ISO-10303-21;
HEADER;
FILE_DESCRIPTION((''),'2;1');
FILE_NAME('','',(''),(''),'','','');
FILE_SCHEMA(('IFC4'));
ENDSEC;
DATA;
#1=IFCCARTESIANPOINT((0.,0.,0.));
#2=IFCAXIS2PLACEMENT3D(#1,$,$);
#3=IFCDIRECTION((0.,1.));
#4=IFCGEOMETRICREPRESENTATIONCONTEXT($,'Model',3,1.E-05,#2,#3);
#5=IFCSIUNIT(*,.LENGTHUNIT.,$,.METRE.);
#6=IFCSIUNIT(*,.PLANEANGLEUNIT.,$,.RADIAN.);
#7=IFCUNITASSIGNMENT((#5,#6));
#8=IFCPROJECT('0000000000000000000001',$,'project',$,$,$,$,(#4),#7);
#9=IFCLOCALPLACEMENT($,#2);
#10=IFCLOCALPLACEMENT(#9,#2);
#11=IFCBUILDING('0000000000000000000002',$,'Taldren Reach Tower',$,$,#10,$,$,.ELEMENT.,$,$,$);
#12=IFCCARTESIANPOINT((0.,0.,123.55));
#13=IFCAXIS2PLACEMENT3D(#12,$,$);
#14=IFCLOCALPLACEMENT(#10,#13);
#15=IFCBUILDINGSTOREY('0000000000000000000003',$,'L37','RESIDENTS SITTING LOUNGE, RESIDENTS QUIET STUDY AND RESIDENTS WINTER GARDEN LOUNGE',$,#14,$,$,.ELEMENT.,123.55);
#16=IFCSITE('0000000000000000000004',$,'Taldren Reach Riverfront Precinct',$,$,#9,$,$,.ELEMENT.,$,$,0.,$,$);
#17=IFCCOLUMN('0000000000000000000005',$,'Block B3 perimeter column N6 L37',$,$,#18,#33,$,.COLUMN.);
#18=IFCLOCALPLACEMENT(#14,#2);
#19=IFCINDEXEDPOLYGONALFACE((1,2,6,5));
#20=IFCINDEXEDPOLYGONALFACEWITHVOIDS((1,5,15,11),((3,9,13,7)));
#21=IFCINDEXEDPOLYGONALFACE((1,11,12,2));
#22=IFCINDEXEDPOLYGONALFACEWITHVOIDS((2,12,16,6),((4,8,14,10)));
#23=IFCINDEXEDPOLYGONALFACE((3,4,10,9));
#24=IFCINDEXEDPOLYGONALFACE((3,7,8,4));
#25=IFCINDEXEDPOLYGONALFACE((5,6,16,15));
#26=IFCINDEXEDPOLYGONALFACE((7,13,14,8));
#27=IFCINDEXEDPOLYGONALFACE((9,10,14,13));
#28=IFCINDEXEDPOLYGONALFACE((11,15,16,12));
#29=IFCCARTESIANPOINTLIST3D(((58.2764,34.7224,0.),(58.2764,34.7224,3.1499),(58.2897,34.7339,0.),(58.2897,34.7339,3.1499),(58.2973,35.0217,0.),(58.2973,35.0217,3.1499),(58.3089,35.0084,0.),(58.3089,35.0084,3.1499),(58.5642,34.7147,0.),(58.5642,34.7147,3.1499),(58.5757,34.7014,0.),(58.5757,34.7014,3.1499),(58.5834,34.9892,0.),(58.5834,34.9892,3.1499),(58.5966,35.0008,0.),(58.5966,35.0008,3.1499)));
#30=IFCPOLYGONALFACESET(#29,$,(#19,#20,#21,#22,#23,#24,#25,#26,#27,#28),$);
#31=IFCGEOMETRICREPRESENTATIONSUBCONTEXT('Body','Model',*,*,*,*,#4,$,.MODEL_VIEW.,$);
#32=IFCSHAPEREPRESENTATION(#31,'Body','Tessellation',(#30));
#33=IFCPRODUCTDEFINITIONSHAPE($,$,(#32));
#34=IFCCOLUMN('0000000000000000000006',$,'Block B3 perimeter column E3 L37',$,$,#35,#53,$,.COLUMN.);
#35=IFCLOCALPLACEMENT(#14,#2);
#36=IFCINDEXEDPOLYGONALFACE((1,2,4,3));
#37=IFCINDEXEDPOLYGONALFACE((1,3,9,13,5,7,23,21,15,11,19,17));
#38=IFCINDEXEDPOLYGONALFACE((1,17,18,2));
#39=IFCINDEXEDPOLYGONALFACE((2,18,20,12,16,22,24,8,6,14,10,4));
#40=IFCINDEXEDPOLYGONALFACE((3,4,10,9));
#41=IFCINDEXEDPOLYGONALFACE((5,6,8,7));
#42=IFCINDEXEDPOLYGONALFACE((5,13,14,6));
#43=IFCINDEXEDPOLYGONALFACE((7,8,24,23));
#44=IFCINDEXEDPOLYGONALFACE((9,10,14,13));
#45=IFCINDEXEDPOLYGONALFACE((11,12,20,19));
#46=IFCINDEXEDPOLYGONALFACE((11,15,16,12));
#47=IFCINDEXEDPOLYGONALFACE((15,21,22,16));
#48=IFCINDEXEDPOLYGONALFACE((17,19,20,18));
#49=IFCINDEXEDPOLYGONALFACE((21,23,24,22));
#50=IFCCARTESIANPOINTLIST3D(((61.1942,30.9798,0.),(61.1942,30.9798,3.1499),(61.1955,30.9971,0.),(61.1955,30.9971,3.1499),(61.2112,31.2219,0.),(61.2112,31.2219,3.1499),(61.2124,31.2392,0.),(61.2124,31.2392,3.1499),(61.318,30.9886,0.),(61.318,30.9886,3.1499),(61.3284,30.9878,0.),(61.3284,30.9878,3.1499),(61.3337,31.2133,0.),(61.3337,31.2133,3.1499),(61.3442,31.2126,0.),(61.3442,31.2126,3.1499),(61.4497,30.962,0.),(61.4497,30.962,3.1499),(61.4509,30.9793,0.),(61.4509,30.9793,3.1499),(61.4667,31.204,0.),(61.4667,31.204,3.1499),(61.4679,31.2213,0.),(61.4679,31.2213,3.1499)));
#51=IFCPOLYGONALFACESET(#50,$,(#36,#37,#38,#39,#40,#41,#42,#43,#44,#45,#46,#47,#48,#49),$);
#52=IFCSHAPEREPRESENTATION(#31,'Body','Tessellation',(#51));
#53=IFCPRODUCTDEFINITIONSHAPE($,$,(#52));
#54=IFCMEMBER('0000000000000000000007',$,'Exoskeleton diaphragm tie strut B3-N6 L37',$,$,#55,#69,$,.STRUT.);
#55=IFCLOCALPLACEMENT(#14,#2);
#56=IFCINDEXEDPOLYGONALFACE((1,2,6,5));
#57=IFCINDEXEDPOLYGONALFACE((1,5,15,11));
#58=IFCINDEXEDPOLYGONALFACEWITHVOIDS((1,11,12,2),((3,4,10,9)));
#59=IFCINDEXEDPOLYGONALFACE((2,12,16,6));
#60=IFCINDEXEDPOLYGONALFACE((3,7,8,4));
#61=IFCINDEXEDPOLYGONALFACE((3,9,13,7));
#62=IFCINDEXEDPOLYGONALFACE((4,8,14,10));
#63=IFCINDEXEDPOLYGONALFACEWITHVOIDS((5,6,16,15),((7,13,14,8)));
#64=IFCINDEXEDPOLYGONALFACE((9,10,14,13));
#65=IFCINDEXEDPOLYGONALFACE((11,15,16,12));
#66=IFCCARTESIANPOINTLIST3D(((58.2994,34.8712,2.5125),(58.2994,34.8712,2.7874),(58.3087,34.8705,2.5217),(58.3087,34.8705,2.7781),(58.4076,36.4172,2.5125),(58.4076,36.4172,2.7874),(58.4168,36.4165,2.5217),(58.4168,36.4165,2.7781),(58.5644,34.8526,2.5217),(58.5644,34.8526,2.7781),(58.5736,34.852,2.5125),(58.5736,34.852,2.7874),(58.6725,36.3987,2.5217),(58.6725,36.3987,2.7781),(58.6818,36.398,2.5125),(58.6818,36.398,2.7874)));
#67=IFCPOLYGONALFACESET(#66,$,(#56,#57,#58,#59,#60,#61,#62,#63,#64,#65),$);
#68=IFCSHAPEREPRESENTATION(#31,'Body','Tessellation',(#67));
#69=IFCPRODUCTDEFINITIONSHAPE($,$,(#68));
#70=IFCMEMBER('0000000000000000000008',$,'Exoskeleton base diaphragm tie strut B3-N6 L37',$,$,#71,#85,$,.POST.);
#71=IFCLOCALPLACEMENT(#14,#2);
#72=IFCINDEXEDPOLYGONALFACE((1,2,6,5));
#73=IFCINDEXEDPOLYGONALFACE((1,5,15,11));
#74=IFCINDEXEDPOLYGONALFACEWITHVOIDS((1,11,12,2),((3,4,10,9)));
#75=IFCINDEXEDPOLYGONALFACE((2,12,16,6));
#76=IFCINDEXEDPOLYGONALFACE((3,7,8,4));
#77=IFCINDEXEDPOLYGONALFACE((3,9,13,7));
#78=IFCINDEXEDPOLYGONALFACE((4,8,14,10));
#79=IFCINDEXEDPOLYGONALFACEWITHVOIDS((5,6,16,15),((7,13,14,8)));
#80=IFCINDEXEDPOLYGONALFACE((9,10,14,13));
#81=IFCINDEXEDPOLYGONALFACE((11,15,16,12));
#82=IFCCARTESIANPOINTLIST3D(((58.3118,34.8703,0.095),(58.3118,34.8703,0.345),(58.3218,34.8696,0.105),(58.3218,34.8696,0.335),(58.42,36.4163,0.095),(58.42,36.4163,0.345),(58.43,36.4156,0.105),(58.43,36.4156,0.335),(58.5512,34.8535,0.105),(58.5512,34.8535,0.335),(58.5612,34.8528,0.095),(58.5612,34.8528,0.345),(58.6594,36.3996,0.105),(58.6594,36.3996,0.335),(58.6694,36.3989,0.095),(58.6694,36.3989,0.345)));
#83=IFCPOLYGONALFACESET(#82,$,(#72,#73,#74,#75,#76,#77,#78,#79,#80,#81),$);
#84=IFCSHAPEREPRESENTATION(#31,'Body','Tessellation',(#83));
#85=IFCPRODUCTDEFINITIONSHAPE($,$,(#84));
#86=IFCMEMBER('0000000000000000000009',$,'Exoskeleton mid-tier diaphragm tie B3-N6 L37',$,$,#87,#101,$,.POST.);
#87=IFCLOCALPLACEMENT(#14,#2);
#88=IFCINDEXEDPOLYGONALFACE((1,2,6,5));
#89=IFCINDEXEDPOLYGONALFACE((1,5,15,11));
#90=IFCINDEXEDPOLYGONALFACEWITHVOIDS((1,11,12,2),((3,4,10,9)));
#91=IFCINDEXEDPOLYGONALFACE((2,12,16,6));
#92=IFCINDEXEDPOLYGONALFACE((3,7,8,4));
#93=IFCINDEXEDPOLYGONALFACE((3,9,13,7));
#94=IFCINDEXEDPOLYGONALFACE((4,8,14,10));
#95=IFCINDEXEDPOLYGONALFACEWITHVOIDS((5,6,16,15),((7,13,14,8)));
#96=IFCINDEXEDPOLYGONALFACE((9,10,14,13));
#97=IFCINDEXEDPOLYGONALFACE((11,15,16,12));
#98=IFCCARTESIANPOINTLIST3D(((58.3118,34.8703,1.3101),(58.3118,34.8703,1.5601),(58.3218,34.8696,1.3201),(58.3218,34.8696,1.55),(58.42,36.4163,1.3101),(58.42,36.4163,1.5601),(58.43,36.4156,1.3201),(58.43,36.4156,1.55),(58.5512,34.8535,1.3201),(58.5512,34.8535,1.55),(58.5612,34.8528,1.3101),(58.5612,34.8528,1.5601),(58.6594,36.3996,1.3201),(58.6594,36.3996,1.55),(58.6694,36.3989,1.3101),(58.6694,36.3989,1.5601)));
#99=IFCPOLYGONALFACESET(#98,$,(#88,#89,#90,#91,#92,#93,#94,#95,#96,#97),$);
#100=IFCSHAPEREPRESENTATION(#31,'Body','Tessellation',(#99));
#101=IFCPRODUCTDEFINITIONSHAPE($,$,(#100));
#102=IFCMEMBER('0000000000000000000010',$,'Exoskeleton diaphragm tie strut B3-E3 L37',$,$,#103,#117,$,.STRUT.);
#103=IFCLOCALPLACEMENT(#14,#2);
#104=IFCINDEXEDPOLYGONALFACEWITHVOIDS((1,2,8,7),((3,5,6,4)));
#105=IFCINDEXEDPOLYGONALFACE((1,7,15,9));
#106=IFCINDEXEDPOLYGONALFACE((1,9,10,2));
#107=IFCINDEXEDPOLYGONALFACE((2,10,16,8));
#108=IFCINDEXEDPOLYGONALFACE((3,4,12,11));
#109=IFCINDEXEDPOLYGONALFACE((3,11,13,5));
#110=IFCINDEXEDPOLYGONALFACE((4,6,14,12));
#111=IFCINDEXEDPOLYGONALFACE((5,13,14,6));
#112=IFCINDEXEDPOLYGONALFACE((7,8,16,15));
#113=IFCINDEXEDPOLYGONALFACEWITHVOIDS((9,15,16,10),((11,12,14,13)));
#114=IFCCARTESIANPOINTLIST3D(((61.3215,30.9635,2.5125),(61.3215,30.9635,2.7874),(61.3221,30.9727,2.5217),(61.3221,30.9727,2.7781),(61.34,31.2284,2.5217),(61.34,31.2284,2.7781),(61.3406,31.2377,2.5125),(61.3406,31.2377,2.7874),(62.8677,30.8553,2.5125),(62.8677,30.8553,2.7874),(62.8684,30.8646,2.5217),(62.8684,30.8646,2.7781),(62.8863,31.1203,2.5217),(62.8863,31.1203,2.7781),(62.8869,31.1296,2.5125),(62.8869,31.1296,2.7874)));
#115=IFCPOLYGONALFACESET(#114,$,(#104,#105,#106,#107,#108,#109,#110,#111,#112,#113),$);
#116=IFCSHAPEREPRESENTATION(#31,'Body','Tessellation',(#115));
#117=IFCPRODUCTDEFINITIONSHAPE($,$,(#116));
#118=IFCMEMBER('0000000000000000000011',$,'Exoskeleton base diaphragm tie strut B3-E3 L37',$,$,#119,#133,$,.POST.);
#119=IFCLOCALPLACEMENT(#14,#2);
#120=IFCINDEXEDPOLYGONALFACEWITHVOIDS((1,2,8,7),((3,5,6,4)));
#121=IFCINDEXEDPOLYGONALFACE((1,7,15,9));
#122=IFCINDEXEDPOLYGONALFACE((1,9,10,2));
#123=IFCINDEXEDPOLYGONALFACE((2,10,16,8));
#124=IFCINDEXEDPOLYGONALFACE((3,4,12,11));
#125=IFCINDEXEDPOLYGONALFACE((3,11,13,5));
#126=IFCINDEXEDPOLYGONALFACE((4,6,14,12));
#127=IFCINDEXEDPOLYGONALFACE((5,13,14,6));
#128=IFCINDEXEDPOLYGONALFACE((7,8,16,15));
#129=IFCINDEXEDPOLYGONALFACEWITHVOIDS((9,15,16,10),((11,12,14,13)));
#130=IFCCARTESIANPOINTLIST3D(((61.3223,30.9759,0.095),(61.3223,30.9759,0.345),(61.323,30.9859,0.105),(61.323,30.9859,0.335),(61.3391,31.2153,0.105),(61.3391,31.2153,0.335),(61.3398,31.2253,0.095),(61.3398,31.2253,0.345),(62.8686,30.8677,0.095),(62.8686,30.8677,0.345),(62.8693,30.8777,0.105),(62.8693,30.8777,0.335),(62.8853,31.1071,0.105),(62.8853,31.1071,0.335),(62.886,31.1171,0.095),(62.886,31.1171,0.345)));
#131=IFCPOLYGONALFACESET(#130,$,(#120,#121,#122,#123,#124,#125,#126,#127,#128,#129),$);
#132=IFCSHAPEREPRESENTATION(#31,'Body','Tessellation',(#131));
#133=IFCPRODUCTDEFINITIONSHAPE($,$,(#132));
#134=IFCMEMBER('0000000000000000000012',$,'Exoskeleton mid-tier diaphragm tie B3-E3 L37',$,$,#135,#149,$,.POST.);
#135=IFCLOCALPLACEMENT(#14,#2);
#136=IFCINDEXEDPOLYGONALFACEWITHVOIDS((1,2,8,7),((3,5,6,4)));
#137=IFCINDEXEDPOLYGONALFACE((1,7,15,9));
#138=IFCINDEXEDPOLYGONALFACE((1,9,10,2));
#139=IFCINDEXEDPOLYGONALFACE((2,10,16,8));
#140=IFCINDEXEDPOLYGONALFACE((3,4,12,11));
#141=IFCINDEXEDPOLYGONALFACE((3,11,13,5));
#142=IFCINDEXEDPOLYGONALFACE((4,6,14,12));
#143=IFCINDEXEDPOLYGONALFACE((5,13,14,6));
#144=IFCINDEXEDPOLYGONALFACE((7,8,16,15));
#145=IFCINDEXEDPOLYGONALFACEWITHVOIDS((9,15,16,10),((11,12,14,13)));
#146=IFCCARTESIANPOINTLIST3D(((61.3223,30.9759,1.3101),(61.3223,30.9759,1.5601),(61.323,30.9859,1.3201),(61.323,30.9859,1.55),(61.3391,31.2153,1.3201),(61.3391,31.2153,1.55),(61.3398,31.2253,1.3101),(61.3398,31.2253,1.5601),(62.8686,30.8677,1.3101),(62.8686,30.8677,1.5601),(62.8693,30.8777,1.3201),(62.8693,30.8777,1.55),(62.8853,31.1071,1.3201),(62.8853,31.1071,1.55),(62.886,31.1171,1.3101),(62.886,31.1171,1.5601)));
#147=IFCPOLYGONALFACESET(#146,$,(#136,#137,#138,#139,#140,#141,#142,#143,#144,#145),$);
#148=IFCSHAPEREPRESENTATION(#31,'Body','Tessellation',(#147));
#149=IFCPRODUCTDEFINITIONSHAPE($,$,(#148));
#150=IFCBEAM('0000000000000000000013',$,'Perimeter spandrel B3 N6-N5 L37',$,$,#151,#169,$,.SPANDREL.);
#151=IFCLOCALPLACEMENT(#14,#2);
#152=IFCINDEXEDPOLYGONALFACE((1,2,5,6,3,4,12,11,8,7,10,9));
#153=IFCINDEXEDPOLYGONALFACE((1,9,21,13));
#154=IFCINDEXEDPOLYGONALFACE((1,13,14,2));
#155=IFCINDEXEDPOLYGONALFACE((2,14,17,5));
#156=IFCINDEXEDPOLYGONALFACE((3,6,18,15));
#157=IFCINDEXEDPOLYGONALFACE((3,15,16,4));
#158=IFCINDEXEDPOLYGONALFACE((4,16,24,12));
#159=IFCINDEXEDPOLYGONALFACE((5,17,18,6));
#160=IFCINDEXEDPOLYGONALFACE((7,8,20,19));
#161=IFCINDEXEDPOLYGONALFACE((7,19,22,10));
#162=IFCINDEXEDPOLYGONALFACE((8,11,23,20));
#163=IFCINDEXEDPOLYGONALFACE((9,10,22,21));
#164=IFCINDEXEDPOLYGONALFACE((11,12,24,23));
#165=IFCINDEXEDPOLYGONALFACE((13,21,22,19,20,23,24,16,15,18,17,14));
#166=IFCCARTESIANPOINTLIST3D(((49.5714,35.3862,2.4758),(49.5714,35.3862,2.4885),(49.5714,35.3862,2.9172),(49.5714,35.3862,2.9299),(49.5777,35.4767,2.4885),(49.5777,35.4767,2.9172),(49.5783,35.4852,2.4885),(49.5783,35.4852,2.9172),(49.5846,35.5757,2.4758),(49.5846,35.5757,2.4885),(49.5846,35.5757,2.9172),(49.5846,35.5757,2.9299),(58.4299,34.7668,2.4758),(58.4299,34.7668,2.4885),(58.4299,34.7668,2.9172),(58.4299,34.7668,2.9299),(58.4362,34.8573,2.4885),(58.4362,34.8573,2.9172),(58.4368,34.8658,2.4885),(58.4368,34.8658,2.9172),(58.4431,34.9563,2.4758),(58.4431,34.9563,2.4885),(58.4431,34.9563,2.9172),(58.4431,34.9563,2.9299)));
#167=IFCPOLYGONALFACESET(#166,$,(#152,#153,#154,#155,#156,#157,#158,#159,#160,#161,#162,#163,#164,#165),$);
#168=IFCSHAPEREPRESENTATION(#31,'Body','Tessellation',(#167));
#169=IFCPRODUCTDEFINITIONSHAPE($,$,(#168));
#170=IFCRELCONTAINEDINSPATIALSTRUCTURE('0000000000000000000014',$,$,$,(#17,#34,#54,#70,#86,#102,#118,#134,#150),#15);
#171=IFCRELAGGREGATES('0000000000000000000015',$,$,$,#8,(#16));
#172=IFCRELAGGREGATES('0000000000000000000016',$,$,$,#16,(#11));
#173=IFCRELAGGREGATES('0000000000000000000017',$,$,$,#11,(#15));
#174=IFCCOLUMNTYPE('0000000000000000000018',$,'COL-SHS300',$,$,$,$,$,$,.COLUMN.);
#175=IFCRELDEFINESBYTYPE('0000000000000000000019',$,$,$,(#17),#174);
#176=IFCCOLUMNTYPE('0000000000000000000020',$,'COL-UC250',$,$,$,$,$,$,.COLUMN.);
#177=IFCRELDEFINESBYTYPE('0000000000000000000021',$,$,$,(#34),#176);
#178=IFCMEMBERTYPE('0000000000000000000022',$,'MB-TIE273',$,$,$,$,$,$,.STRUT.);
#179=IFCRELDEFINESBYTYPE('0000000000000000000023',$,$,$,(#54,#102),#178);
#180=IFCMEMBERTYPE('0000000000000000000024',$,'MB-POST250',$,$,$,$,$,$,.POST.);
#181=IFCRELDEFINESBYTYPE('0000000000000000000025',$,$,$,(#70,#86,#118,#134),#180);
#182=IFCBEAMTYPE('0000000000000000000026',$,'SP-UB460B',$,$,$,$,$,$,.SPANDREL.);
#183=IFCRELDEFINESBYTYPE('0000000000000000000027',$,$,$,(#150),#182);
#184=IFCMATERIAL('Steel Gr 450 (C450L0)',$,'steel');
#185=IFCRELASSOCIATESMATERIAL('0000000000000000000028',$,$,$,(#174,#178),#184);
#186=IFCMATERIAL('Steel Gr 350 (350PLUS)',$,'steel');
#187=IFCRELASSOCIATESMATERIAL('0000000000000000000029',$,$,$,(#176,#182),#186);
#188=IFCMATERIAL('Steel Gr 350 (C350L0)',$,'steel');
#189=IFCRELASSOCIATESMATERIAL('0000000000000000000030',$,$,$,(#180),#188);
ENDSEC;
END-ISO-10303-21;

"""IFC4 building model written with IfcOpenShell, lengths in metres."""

from ifc_helpers import new_model, si_unit, direction, frame, origin, origin_2d, place, context, subcontext, project, spatial, hollow_rectangle, i_section, extrude, source, transform, mapped, material, material_profile, profile_set, type_object, element, save


model = new_model("IFC4")

# Units and contexts
model_context = context("Model", 3, precision=1e-05, world=origin(), true_north=direction((0.0, 1.0)))
body_context = subcontext(model_context, "Body", "Model", "MODEL_VIEW")
ifc_project = project(units=[si_unit("LENGTHUNIT", "METRE"), si_unit("PLANEANGLEUNIT", "RADIAN")], contexts=[model_context])

# Site, building, storey
site_placement = place(None, origin())
site = spatial("IfcSite", under=ifc_project, at=site_placement, Name="Taldren Reach Riverfront Precinct", CompositionType="ELEMENT", RefElevation=0.0)
building_placement = place(site_placement, origin())
building = spatial("IfcBuilding", under=site, at=building_placement, Name="Taldren Reach Tower", CompositionType="ELEMENT")
storey_placement = place(building_placement, frame((0.0, 0.0, 123.55)))
storey = spatial("IfcBuildingStorey", under=building, at=storey_placement, Name="L37", Description="RESIDENTS SITTING LOUNGE, RESIDENTS QUIET STUDY AND RESIDENTS WINTER GARDEN LOUNGE", CompositionType="ELEMENT", Elevation=123.55)

# Columns
ifc_material_1 = material(Name="Steel Gr 450 (C450L0)", Category="steel")
ifc_material_profile_1 = material_profile(ifc_material_1, hollow_rectangle(XDim=0.3, YDim=0.3, WallThickness=0.0125, at=origin_2d()), Name="300x300x12.5SHS")
ifc_profile_set_1 = profile_set([ifc_material_profile_1], Name="Steel Gr 450 (C450L0)")
column_type_1 = type_object("IfcColumnType", Name="COL-SHS300", PredefinedType="COLUMN", material=ifc_profile_set_1)
shared_shape_1 = source(origin(), body_context, "Body", "SweptSolid", [
    extrude(hollow_rectangle(XDim=0.3, YDim=0.3, WallThickness=0.0125, at=origin_2d()), origin(), (0.0, 0.0, 1.0), 3.1499),
])
column_1_placement = place(storey_placement, frame((58.4365, 34.8616, 0.0), z_axis=(0.0, 0.0, 1.0), x_axis=(0.997564, -0.069756, 0.0)))
element("IfcColumn", 1, at=column_1_placement, inside=storey, type_object=column_type_1, Name="Block B3 perimeter column N6 L37", PredefinedType="COLUMN", context=body_context, shape_type="MappedRepresentation", body=[
    mapped(shared_shape_1, transform((0.0, 0.0, 0.0), scale=1.0)),
])
ifc_material_2 = material(Name="Steel Gr 350 (350PLUS)", Category="steel")
ifc_material_profile_2 = material_profile(ifc_material_2, i_section(OverallWidth=0.2561, OverallDepth=0.26, WebThickness=0.0105, FlangeThickness=0.0173, at=origin_2d()), Name="250UC89.5")
ifc_profile_set_2 = profile_set([ifc_material_profile_2], Name="Steel Gr 350 (350PLUS)")
column_type_2 = type_object("IfcColumnType", Name="COL-UC250", PredefinedType="COLUMN", material=ifc_profile_set_2)
shared_shape_2 = source(origin(), body_context, "Body", "SweptSolid", [
    extrude(i_section(OverallWidth=0.2561, OverallDepth=0.26, WebThickness=0.0105, FlangeThickness=0.0173, at=origin_2d()), origin(), (0.0, 0.0, 1.0), 3.1499),
])
column_2_placement = place(storey_placement, frame((61.3311, 31.1006, 0.0), z_axis=(0.0, 0.0, 1.0), x_axis=(0.997564, -0.069756, 0.0)))
element("IfcColumn", 2, at=column_2_placement, inside=storey, type_object=column_type_2, Name="Block B3 perimeter column E3 L37", PredefinedType="COLUMN", context=body_context, shape_type="MappedRepresentation", body=[
    mapped(shared_shape_2, transform((0.0, 0.0, 0.0), scale=1.0)),
])

# Members
ifc_material_profile_3 = material_profile(ifc_material_1, hollow_rectangle(XDim=0.2749, YDim=0.2749, WallThickness=0.0093, at=origin_2d()), Name="275x275x9.3SHS")
ifc_profile_set_3 = profile_set([ifc_material_profile_3], Name="Steel Gr 450 (C450L0)")
member_type_1 = type_object("IfcMemberType", Name="MB-TIE273", PredefinedType="STRUT", material=ifc_profile_set_3)
shared_shape_3 = source(origin(), body_context, "Body", "SweptSolid", [
    extrude(hollow_rectangle(XDim=0.2749, YDim=0.2749, WallThickness=0.0093, at=origin_2d()), origin(), (0.0, 0.0, 1.0), 1.5498),
])
member_1_placement = place(storey_placement, frame((58.4365, 34.8616, 2.6499), z_axis=(0.069781, 0.997562, 0.0), x_axis=(-0.997562, 0.069781, 0.0)))
element("IfcMember", 3, at=member_1_placement, inside=storey, type_object=member_type_1, Name="Exoskeleton diaphragm tie strut B3-N6 L37", PredefinedType="STRUT", context=body_context, shape_type="MappedRepresentation", body=[
    mapped(shared_shape_3, transform((0.0, 0.0, 0.0), scale=1.0)),
])
ifc_material_3 = material(Name="Steel Gr 350 (C350L0)", Category="steel")
ifc_material_profile_4 = material_profile(ifc_material_3, hollow_rectangle(XDim=0.25, YDim=0.25, WallThickness=0.01, at=origin_2d()), Name="250x250x10.0SHS")
ifc_profile_set_4 = profile_set([ifc_material_profile_4], Name="Steel Gr 350 (C350L0)")
member_type_2 = type_object("IfcMemberType", Name="MB-POST250", PredefinedType="POST", material=ifc_profile_set_4)
shared_shape_4 = source(origin(), body_context, "Body", "SweptSolid", [
    extrude(hollow_rectangle(XDim=0.25, YDim=0.25, WallThickness=0.01, at=origin_2d()), origin(), (0.0, 0.0, 1.0), 1.5498),
])
for number, where, z_axis, x_axis, name in (
    (4, (58.4365, 34.8616, 0.22), (0.069781, 0.997562, 0.0), (-0.997562, 0.069781, 0.0), "Exoskeleton base diaphragm tie strut B3-N6 L37"),
    (5, (58.4365, 34.8616, 1.4351), (0.069781, 0.997562, 0.0), (-0.997562, 0.069781, 0.0), "Exoskeleton mid-tier diaphragm tie B3-N6 L37"),
):
    element("IfcMember", number, at=place(storey_placement, frame(where, z_axis=z_axis, x_axis=x_axis)), inside=storey, type_object=member_type_2, Name=name, PredefinedType="POST", context=body_context, shape_type="MappedRepresentation", body=[
        mapped(shared_shape_4, transform((0.0, 0.0, 0.0), scale=1.0)),
    ])
shared_shape_5 = source(origin(), body_context, "Body", "SweptSolid", [
    extrude(hollow_rectangle(XDim=0.2749, YDim=0.2749, WallThickness=0.0093, at=origin_2d()), origin(), (0.0, 0.0, 1.0), 1.55),
])
member_2_placement = place(storey_placement, frame((61.3311, 31.1006, 2.6499), z_axis=(0.997563, -0.06977, 0.0), x_axis=(0.06977, 0.997563, 0.0)))
element("IfcMember", 6, at=member_2_placement, inside=storey, type_object=member_type_1, Name="Exoskeleton diaphragm tie strut B3-E3 L37", PredefinedType="STRUT", context=body_context, shape_type="MappedRepresentation", body=[
    mapped(shared_shape_5, transform((0.0, 0.0, 0.0), scale=1.0)),
])
shared_shape_6 = source(origin(), body_context, "Body", "SweptSolid", [
    extrude(hollow_rectangle(XDim=0.25, YDim=0.25, WallThickness=0.01, at=origin_2d()), origin(), (0.0, 0.0, 1.0), 1.55),
])
for number, where, z_axis, x_axis, name in (
    (7, (61.3311, 31.1006, 0.22), (0.997563, -0.06977, 0.0), (0.06977, 0.997563, 0.0), "Exoskeleton base diaphragm tie strut B3-E3 L37"),
    (8, (61.3311, 31.1006, 1.4351), (0.997563, -0.06977, 0.0), (0.06977, 0.997563, 0.0), "Exoskeleton mid-tier diaphragm tie B3-E3 L37"),
):
    element("IfcMember", number, at=place(storey_placement, frame(where, z_axis=z_axis, x_axis=x_axis)), inside=storey, type_object=member_type_2, Name=name, PredefinedType="POST", context=body_context, shape_type="MappedRepresentation", body=[
        mapped(shared_shape_6, transform((0.0, 0.0, 0.0), scale=1.0)),
    ])

# Beam
ifc_material_profile_5 = material_profile(ifc_material_2, i_section(OverallWidth=0.1899, OverallDepth=0.4541, WebThickness=0.0085, FlangeThickness=0.0127, at=origin_2d()), Name="460UB67.1")
ifc_profile_set_5 = profile_set([ifc_material_profile_5], Name="Steel Gr 350 (350PLUS)")
beam_type = type_object("IfcBeamType", Name="SP-UB460B", PredefinedType="SPANDREL", material=ifc_profile_set_5)
shared_shape_7 = source(origin(), body_context, "Body", "SweptSolid", [
    extrude(i_section(OverallWidth=0.1899, OverallDepth=0.4541, WebThickness=0.0085, FlangeThickness=0.0127, at=origin_2d()), origin(), (0.0, 0.0, 1.0), 8.8801),
])
beam_1_placement = place(storey_placement, frame((58.4365, 34.8616, 2.7029), z_axis=(-0.997564, 0.06975, 0.0), x_axis=(-0.06975, -0.997564, 0.0)))
element("IfcBeam", 9, at=beam_1_placement, inside=storey, type_object=beam_type, Name="Perimeter spandrel B3 N6-N5 L37", PredefinedType="SPANDREL", context=body_context, shape_type="MappedRepresentation", body=[
    mapped(shared_shape_7, transform((0.0, 0.0, 0.0), scale=1.0)),
])

save(model, "model.ifc")
